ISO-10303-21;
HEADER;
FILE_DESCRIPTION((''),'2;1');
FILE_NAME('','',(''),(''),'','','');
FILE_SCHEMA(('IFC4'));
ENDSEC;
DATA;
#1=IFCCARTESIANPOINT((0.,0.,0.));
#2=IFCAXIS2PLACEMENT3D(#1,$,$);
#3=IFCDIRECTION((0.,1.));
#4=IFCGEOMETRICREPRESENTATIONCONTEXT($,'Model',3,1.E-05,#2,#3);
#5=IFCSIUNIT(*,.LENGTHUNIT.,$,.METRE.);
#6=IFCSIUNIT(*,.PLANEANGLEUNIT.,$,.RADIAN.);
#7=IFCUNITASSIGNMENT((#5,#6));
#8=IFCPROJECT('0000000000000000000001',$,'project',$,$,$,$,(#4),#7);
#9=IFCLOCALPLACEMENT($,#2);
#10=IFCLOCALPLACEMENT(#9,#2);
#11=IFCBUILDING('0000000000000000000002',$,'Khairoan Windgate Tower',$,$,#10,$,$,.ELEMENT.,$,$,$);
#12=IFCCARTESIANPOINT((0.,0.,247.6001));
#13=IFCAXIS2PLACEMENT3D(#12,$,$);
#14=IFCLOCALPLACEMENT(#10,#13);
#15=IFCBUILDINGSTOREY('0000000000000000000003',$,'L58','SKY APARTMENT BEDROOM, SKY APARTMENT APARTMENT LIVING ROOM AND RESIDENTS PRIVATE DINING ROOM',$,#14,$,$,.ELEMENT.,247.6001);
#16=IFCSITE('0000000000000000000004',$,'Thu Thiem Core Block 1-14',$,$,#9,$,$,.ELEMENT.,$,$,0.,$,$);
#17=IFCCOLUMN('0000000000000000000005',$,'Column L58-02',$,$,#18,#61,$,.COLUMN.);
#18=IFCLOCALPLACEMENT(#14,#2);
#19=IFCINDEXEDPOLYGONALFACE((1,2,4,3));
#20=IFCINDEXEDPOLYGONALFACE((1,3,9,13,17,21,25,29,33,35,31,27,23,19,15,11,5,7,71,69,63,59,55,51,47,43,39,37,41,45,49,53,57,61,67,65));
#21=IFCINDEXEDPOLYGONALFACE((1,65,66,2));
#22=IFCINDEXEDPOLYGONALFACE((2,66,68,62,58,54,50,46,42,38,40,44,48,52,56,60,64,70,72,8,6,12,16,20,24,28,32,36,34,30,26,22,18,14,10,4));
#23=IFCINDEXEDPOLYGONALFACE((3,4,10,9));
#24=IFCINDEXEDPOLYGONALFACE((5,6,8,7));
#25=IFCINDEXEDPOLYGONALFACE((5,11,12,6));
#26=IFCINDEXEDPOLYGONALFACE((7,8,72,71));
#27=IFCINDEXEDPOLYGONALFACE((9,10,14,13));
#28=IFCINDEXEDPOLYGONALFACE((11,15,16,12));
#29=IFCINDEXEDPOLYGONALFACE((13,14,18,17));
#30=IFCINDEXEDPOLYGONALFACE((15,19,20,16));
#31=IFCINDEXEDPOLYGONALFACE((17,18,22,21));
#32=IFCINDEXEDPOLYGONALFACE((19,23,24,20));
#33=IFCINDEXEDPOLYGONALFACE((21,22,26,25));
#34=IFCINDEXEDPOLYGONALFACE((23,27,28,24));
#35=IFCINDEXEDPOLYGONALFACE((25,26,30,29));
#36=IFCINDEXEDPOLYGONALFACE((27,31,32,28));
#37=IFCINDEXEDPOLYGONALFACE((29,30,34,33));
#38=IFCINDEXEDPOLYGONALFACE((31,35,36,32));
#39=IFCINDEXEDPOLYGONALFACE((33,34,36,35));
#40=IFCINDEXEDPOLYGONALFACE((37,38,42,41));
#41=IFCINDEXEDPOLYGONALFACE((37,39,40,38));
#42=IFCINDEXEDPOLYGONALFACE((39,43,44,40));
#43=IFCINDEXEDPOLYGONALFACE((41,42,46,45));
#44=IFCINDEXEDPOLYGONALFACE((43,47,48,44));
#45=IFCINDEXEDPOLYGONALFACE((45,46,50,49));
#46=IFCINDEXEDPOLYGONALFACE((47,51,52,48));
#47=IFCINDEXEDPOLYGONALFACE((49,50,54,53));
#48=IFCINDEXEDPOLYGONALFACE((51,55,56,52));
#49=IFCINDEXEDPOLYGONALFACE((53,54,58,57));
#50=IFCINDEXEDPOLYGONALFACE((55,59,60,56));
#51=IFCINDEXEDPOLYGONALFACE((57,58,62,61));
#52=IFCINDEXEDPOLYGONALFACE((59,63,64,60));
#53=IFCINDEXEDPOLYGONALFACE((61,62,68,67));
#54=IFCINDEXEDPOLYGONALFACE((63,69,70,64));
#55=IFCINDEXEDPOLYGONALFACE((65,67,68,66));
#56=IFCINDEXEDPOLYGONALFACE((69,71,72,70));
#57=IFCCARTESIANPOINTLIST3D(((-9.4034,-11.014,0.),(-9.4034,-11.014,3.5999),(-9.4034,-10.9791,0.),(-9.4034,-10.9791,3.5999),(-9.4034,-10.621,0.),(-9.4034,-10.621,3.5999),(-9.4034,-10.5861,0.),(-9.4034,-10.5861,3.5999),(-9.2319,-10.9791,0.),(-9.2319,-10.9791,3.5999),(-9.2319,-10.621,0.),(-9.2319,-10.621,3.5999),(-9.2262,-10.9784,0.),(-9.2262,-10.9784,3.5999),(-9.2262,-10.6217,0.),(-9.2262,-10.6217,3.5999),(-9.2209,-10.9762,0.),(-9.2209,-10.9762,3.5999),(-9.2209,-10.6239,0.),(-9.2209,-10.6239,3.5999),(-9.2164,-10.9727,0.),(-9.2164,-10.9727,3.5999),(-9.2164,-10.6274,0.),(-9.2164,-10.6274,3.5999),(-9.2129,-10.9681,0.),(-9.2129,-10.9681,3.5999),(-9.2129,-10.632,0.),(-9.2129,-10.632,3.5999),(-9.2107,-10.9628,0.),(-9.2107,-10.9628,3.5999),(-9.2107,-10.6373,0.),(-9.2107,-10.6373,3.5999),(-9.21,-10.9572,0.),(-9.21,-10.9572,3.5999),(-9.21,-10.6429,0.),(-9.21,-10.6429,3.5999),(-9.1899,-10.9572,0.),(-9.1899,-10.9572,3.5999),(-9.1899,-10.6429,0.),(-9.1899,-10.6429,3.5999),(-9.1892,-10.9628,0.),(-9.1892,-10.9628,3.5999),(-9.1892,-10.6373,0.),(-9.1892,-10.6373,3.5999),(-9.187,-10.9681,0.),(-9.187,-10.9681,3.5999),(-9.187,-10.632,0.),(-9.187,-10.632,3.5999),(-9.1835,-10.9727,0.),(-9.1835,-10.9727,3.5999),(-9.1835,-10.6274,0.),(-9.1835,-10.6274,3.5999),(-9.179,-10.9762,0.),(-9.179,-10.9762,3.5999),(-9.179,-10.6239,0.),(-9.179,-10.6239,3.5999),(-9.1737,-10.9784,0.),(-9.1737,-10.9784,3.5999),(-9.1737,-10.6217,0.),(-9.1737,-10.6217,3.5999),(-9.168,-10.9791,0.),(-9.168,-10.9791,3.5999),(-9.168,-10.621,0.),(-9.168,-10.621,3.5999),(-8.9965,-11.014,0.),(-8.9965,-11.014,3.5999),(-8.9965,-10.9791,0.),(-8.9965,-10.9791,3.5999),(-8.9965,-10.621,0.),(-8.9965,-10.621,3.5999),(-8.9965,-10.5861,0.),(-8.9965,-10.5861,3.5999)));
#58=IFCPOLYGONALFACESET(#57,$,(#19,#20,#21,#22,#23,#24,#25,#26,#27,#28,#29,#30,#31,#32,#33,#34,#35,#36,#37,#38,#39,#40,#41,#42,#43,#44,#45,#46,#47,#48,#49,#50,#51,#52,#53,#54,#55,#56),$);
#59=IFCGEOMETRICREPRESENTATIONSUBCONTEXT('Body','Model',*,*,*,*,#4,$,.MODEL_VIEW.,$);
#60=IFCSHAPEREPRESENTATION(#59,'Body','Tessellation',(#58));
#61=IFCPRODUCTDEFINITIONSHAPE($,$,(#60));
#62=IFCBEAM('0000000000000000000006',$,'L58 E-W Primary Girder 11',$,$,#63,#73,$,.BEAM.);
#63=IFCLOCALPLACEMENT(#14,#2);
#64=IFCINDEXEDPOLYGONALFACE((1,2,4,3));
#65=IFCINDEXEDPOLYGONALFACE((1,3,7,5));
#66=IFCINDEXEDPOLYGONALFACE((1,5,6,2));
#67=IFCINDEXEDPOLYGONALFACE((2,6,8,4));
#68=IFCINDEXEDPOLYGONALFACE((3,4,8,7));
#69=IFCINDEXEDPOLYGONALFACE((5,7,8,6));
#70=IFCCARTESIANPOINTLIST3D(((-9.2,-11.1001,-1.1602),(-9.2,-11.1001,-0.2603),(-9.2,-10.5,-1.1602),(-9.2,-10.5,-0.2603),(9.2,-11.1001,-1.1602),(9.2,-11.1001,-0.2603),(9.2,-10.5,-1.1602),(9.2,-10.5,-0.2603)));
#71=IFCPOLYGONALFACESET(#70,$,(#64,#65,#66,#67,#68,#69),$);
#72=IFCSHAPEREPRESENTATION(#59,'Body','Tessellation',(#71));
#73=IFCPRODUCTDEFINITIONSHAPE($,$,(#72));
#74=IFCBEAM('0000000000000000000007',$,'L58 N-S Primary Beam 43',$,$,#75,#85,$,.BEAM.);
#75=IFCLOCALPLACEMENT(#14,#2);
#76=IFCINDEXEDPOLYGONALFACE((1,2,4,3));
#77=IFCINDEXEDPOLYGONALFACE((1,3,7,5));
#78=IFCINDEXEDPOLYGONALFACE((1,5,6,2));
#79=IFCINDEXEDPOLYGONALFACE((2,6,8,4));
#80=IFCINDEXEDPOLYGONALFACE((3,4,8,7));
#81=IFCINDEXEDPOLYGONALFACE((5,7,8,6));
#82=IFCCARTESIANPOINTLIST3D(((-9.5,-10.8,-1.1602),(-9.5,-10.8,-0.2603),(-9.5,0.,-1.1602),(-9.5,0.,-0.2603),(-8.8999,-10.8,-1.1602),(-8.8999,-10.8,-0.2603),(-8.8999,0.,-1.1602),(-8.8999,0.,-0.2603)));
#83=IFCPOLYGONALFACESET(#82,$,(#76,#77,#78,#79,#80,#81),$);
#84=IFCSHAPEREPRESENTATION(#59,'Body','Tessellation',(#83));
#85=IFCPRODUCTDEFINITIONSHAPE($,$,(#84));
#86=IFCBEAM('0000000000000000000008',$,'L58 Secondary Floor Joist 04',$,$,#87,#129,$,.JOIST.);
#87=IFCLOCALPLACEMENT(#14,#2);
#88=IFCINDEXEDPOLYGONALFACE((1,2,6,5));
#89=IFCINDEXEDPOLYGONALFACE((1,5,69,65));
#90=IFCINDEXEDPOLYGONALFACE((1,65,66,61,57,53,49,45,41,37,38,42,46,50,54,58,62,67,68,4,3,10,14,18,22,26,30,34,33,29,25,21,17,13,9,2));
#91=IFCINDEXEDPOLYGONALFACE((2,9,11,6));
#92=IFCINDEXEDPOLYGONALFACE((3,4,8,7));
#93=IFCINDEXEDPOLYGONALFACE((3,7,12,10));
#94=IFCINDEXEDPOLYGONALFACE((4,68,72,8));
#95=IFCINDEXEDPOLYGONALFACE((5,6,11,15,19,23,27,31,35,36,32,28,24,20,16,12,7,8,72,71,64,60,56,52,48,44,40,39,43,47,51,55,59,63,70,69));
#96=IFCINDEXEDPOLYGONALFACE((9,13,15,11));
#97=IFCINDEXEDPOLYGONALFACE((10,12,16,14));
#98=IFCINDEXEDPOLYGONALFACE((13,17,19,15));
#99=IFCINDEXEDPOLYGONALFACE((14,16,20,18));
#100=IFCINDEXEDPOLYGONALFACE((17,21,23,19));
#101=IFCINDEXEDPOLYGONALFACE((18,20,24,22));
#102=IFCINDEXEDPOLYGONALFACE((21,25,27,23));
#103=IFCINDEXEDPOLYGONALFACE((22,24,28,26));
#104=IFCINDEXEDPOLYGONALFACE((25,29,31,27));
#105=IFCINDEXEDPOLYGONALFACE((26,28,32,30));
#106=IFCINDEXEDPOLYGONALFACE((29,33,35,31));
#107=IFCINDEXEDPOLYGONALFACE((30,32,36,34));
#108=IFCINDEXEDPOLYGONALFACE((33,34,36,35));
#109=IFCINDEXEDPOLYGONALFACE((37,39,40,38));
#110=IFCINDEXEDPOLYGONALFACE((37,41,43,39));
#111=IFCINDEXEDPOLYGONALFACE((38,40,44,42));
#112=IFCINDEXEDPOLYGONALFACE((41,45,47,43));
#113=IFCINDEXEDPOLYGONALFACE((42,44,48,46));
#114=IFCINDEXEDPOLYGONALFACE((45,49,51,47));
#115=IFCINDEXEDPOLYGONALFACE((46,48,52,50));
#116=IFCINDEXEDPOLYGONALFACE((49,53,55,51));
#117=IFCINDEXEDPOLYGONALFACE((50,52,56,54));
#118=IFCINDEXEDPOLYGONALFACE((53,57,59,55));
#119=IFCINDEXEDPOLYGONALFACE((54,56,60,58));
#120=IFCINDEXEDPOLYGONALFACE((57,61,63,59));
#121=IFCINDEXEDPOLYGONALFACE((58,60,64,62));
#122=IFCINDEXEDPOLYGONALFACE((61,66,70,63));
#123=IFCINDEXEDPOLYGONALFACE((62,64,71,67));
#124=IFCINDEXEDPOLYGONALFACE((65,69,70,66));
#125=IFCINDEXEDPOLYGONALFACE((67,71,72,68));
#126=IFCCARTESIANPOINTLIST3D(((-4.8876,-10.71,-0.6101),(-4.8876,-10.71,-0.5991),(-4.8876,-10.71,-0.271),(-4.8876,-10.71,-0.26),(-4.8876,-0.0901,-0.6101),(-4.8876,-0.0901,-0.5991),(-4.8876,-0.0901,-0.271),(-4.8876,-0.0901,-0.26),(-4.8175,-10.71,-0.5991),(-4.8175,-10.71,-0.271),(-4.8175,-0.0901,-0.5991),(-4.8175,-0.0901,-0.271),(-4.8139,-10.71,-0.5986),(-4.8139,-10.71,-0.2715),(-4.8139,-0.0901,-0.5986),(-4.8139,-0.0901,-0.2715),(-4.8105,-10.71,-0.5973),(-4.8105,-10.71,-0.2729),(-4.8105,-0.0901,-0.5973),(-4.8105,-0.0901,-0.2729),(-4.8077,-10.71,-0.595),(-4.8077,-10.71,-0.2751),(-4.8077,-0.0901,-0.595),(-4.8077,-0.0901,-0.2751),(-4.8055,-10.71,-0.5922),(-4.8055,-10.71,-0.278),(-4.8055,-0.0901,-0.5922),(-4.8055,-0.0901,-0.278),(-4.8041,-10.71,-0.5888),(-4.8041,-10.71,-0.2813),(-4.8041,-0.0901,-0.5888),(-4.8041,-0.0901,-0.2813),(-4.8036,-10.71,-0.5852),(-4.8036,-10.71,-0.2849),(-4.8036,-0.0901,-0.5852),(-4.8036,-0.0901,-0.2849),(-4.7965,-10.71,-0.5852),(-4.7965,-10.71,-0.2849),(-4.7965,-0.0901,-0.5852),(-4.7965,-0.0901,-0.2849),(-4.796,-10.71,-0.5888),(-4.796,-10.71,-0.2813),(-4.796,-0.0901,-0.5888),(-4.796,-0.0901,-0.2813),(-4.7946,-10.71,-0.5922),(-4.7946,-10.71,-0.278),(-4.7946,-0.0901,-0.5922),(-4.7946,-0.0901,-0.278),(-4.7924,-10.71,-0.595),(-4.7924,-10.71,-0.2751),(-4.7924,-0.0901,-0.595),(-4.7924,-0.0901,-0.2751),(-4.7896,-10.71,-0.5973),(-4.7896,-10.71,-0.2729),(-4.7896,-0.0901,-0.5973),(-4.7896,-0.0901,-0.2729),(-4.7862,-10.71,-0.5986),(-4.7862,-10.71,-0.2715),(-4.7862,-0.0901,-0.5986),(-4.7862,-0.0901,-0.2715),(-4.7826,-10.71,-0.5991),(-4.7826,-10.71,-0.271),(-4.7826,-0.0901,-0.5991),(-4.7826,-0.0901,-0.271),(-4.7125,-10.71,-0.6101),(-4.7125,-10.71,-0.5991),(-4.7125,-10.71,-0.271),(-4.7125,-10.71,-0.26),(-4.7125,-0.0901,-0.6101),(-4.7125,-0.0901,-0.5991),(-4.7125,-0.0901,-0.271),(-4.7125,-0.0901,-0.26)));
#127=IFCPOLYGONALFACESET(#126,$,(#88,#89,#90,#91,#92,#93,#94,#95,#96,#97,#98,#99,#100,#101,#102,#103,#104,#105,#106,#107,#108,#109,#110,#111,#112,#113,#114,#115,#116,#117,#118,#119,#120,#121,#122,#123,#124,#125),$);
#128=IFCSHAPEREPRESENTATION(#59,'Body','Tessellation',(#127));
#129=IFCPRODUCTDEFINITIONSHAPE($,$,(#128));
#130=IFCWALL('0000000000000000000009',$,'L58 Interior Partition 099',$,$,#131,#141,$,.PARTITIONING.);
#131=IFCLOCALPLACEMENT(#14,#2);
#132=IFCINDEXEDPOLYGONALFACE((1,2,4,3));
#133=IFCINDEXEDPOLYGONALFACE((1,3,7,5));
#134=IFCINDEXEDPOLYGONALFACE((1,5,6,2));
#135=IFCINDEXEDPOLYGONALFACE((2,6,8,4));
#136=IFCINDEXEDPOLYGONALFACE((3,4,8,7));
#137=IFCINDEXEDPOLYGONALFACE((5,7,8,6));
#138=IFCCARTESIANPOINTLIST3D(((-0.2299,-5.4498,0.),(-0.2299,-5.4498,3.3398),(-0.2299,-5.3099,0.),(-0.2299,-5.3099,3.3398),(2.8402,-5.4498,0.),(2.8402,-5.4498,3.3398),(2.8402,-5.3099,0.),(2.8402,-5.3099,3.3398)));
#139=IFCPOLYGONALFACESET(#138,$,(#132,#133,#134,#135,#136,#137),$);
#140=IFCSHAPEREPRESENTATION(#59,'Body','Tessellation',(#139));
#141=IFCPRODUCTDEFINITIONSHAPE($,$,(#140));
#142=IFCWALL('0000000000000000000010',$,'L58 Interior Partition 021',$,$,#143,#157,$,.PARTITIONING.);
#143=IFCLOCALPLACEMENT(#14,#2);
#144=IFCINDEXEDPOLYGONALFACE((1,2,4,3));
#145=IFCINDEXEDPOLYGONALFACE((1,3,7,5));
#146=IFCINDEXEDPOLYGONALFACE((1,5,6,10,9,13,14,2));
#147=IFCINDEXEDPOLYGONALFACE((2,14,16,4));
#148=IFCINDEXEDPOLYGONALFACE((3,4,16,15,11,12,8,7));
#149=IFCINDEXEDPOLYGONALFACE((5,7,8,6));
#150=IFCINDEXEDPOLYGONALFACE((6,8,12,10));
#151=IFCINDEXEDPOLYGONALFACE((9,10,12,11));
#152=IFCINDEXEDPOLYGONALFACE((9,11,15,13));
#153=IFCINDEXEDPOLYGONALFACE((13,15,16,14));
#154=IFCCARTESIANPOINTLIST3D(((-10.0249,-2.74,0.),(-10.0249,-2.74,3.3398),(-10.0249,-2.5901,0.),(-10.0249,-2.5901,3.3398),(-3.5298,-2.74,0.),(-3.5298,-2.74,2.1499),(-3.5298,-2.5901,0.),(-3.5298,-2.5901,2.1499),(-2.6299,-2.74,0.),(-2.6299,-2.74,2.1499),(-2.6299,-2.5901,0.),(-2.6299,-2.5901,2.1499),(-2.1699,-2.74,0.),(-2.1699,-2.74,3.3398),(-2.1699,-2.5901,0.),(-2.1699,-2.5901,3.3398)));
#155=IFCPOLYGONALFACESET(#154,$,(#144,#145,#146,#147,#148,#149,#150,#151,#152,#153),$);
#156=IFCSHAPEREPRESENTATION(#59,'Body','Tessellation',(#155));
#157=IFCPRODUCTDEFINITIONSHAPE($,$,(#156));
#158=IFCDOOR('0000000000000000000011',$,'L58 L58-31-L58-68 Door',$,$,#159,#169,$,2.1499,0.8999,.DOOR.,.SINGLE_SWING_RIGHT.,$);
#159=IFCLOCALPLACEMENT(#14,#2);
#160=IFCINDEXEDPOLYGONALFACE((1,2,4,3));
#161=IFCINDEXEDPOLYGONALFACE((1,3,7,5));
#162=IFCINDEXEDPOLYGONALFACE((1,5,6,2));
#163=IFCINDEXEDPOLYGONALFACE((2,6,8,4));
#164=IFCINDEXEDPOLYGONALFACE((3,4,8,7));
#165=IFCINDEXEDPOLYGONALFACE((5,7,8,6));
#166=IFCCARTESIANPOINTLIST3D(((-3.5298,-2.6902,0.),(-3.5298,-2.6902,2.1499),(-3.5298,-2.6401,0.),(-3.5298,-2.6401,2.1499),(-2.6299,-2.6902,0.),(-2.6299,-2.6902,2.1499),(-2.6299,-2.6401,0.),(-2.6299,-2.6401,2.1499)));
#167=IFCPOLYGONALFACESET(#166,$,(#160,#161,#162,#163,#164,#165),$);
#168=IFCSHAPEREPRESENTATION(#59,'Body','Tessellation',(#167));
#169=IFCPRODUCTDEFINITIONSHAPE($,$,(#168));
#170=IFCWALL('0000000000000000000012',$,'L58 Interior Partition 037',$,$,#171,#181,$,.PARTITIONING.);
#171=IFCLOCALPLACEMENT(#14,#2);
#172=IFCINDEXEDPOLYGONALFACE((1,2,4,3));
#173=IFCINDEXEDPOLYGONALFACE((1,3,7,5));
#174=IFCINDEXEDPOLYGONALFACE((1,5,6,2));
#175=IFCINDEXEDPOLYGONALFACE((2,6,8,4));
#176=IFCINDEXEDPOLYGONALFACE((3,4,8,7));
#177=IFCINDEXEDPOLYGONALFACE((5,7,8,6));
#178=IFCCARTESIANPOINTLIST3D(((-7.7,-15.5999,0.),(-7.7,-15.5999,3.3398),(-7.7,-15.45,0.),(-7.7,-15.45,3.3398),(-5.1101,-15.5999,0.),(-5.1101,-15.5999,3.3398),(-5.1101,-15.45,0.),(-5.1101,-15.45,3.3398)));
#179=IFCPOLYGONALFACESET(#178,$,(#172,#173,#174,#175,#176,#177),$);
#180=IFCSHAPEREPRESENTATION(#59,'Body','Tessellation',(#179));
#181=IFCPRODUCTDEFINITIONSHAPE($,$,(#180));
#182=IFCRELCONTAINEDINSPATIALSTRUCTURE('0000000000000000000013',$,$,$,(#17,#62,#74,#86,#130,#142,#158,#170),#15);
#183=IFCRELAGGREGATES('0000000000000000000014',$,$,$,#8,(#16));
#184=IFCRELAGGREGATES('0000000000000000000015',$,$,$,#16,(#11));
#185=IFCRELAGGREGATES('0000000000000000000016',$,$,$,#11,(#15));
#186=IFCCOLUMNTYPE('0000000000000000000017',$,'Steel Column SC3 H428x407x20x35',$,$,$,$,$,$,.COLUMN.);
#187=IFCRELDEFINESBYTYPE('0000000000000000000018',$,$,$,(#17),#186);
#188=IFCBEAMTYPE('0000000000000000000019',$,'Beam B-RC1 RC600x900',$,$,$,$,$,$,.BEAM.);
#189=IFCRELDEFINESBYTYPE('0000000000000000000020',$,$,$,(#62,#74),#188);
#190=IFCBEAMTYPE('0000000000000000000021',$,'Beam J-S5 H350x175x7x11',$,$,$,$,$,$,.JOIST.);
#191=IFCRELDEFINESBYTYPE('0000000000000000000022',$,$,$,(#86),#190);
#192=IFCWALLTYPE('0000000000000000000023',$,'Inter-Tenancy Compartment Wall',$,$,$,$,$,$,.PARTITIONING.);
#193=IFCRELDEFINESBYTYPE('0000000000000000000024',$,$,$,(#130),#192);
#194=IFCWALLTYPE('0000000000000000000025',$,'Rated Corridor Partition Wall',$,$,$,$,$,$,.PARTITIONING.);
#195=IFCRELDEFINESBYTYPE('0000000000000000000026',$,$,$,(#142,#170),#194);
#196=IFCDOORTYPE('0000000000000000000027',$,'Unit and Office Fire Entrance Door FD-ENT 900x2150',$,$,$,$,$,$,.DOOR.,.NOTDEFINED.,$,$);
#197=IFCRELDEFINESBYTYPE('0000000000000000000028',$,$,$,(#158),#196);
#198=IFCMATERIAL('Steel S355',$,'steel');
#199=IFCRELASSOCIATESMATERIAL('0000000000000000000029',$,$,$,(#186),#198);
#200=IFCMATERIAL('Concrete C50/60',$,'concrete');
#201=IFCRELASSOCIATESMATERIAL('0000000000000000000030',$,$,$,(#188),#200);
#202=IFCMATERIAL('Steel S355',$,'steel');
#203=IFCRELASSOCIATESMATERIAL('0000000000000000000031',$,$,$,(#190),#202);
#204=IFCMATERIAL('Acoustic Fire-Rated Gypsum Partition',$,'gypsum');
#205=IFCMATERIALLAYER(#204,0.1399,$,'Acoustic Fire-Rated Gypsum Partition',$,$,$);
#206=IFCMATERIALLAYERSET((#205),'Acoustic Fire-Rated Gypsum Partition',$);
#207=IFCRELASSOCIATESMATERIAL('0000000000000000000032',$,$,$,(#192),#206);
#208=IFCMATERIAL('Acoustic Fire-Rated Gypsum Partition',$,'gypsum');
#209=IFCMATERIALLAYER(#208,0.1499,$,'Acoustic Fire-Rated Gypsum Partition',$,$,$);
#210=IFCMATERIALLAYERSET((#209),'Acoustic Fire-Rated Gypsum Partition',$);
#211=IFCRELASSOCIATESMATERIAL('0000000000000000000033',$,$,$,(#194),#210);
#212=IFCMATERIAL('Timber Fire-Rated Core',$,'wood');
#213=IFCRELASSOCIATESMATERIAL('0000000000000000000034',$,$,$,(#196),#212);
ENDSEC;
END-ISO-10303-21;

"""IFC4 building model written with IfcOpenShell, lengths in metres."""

from ifc_helpers import new_model, si_unit, direction, frame, frame_2d, origin, origin_2d, place, context, subcontext, project, spatial, rectangle, i_section, extrude, material, layer, layer_set, material_profile, profile_set, type_object, element, fill, save


model = new_model("IFC4")

# Units and contexts
model_context = context("Model", 3, precision=1e-05, world=origin(), true_north=direction((0.0, 1.0)))
body_context = subcontext(model_context, "Body", "Model", "MODEL_VIEW")
ifc_project = project(units=[si_unit("LENGTHUNIT", "METRE"), si_unit("PLANEANGLEUNIT", "RADIAN")], contexts=[model_context])

# Site, building, storey
site_placement = place(None, origin())
site = spatial("IfcSite", under=ifc_project, at=site_placement, Name="Thu Thiem Core Block 1-14", CompositionType="ELEMENT", RefElevation=0.0)
building_placement = place(site_placement, origin())
building = spatial("IfcBuilding", under=site, at=building_placement, Name="Khairoan Windgate Tower", CompositionType="ELEMENT")
storey_placement = place(building_placement, frame((0.0, 0.0, 247.6001)))
storey = spatial("IfcBuildingStorey", under=building, at=storey_placement, Name="L58", Description="SKY APARTMENT BEDROOM, SKY APARTMENT APARTMENT LIVING ROOM AND RESIDENTS PRIVATE DINING ROOM", CompositionType="ELEMENT", Elevation=247.6001)

# Column
ifc_material_1 = material(Name="Steel S355", Category="steel")
ifc_material_profile_1 = material_profile(ifc_material_1, i_section(OverallWidth=0.407, OverallDepth=0.428, WebThickness=0.02, FlangeThickness=0.0349, FilletRadius=0.022, at=origin_2d()))
ifc_profile_set_1 = profile_set([ifc_material_profile_1], Name="Steel S355")
column_type = type_object("IfcColumnType", Name="Steel Column SC3 H428x407x20x35", PredefinedType="COLUMN", material=ifc_profile_set_1)
column_placement = place(storey_placement, frame((-9.2, -10.8, 0.0), z_axis=(0.0, 0.0, 1.0), x_axis=(1.0, 0.0, 0.0)))
element("IfcColumn", 1, at=column_placement, inside=storey, type_object=column_type, Name="Column L58-02", PredefinedType="COLUMN", context=body_context, shape_type="SweptSolid", body=[
    extrude(i_section(OverallWidth=0.407, OverallDepth=0.428, WebThickness=0.02, FlangeThickness=0.0349, FilletRadius=0.022, at=origin_2d()), origin(), (0.0, 0.0, 1.0), 3.5999),
])

# Beams
ifc_material_2 = material(Name="Concrete C50/60", Category="concrete")
ifc_material_profile_2 = material_profile(ifc_material_2, rectangle(XDim=0.6001, YDim=0.8999, at=origin_2d()))
ifc_profile_set_2 = profile_set([ifc_material_profile_2], Name="Concrete C50/60")
beam_type_1 = type_object("IfcBeamType", Name="Beam B-RC1 RC600x900", PredefinedType="BEAM", material=ifc_profile_set_2)
beam_1_placement = place(storey_placement, frame((-9.2, -10.8, -0.7102), z_axis=(1.0, 0.0, 0.0), x_axis=(0.0, 1.0, 0.0)))
element("IfcBeam", 2, at=beam_1_placement, inside=storey, type_object=beam_type_1, Name="L58 E-W Primary Girder 11", PredefinedType="BEAM", context=body_context, shape_type="SweptSolid", body=[
    extrude(rectangle(XDim=0.6001, YDim=0.8999, at=origin_2d()), origin(), (0.0, 0.0, 1.0), 18.3999),
])
beam_2_placement = place(storey_placement, frame((-9.2, -10.8, -0.7102), z_axis=(0.0, 1.0, 0.0), x_axis=(-1.0, 0.0, 0.0)))
element("IfcBeam", 3, at=beam_2_placement, inside=storey, type_object=beam_type_1, Name="L58 N-S Primary Beam 43", PredefinedType="BEAM", context=body_context, shape_type="SweptSolid", body=[
    extrude(rectangle(XDim=0.6001, YDim=0.8999, at=origin_2d()), origin(), (0.0, 0.0, 1.0), 10.8),
])
ifc_material_3 = material(Name="Steel S355", Category="steel")
ifc_material_profile_3 = material_profile(ifc_material_3, i_section(OverallWidth=0.175, OverallDepth=0.3501, WebThickness=0.0071, FlangeThickness=0.011, FilletRadius=0.0139, at=origin_2d()))
ifc_profile_set_3 = profile_set([ifc_material_profile_3], Name="Steel S355")
beam_type_2 = type_object("IfcBeamType", Name="Beam J-S5 H350x175x7x11", PredefinedType="JOIST", material=ifc_profile_set_3)
beam_3_placement = place(storey_placement, frame((-4.8, -10.71, -0.4351), z_axis=(0.0, 1.0, 0.0), x_axis=(-1.0, 0.0, 0.0)))
element("IfcBeam", 4, at=beam_3_placement, inside=storey, type_object=beam_type_2, Name="L58 Secondary Floor Joist 04", PredefinedType="JOIST", context=body_context, shape_type="SweptSolid", body=[
    extrude(i_section(OverallWidth=0.175, OverallDepth=0.3501, WebThickness=0.0071, FlangeThickness=0.011, FilletRadius=0.0139, at=origin_2d()), origin(), (0.0, 0.0, 1.0), 10.6199),
])

# Wall
ifc_material_4 = material(Name="Acoustic Fire-Rated Gypsum Partition", Category="gypsum")
ifc_layer_1 = layer(ifc_material_4, 0.1399, Name="Acoustic Fire-Rated Gypsum Partition")
ifc_layer_set_1 = layer_set([ifc_layer_1], Name="Acoustic Fire-Rated Gypsum Partition")
wall_type_1 = type_object("IfcWallType", Name="Inter-Tenancy Compartment Wall", PredefinedType="PARTITIONING", material=ifc_layer_set_1)
wall_1_placement = place(storey_placement, frame((-0.23, -5.3799, 0.0), z_axis=(0.0, 0.0, 1.0), x_axis=(1.0, 0.0, 0.0)))
element("IfcWall", 5, at=wall_1_placement, inside=storey, type_object=wall_type_1, Name="L58 Interior Partition 099", PredefinedType="PARTITIONING", context=body_context, shape_type="SweptSolid", body=[
    extrude(rectangle(XDim=3.0701, YDim=0.1399, at=frame_2d((1.5352, 0.0))), origin(), (0.0, 0.0, 1.0), 3.3398),
])

# Wall, opening, door
ifc_material_5 = material(Name="Acoustic Fire-Rated Gypsum Partition", Category="gypsum")
ifc_layer_2 = layer(ifc_material_5, 0.1499, Name="Acoustic Fire-Rated Gypsum Partition")
ifc_layer_set_2 = layer_set([ifc_layer_2], Name="Acoustic Fire-Rated Gypsum Partition")
wall_type_2 = type_object("IfcWallType", Name="Rated Corridor Partition Wall", PredefinedType="PARTITIONING", material=ifc_layer_set_2)
wall_2_placement = place(storey_placement, frame((-10.0249, -2.665, 0.0), z_axis=(0.0, 0.0, 1.0), x_axis=(1.0, 0.0, 0.0)))
wall_2 = element("IfcWall", 6, at=wall_2_placement, inside=storey, type_object=wall_type_2, Name="L58 Interior Partition 021", PredefinedType="PARTITIONING", context=body_context, shape_type="SweptSolid", body=[
    extrude(rectangle(XDim=7.855, YDim=0.1499, at=frame_2d((3.9275, 0.0))), origin(), (0.0, 0.0, 1.0), 3.3398),
])
opening_1_placement = place(wall_2_placement, frame((6.4951, 0.0, 0.0)))
opening_1 = element("IfcOpeningElement", 7, at=opening_1_placement, cuts=wall_2, PredefinedType="OPENING", context=body_context, shape_type="SweptSolid", body=[
    extrude(rectangle(XDim=0.8999, YDim=2.1499, at=frame_2d((0.45, 1.075))), frame((0.0, 0.085, 0.0), z_axis=(0.0, -1.0, 0.0), x_axis=(1.0, 0.0, 0.0)), (0.0, 0.0, 1.0), 0.1699),
])
ifc_material_6 = material(Name="Timber Fire-Rated Core", Category="wood")
door_type = type_object("IfcDoorType", Name="Unit and Office Fire Entrance Door FD-ENT 900x2150", OperationType="NOTDEFINED", PredefinedType="DOOR", material=ifc_material_6)
door_1_placement = place(opening_1_placement, origin())
door_1 = element("IfcDoor", 8, at=door_1_placement, inside=storey, type_object=door_type, Name="L58 L58-31-L58-68 Door", OperationType="SINGLE_SWING_RIGHT", OverallHeight=2.1499, OverallWidth=0.8999, PredefinedType="DOOR", context=body_context, shape_type="SweptSolid", body=[
    extrude(rectangle(XDim=0.8999, YDim=2.1499, at=frame_2d((0.45, 1.075))), frame((0.0, 0.0249, 0.0), z_axis=(0.0, -1.0, 0.0), x_axis=(1.0, 0.0, 0.0)), (0.0, 0.0, 1.0), 0.05),
])
fill(opening_1, door_1)

# Wall
wall_3_placement = place(storey_placement, frame((-7.7, -15.5249, 0.0), z_axis=(0.0, 0.0, 1.0), x_axis=(1.0, 0.0, 0.0)))
element("IfcWall", 9, at=wall_3_placement, inside=storey, type_object=wall_type_2, Name="L58 Interior Partition 037", PredefinedType="PARTITIONING", context=body_context, shape_type="SweptSolid", body=[
    extrude(rectangle(XDim=2.5898, YDim=0.1499, at=frame_2d((1.2949, 0.0))), origin(), (0.0, 0.0, 1.0), 3.3398),
])

save(model, "model.ifc")
